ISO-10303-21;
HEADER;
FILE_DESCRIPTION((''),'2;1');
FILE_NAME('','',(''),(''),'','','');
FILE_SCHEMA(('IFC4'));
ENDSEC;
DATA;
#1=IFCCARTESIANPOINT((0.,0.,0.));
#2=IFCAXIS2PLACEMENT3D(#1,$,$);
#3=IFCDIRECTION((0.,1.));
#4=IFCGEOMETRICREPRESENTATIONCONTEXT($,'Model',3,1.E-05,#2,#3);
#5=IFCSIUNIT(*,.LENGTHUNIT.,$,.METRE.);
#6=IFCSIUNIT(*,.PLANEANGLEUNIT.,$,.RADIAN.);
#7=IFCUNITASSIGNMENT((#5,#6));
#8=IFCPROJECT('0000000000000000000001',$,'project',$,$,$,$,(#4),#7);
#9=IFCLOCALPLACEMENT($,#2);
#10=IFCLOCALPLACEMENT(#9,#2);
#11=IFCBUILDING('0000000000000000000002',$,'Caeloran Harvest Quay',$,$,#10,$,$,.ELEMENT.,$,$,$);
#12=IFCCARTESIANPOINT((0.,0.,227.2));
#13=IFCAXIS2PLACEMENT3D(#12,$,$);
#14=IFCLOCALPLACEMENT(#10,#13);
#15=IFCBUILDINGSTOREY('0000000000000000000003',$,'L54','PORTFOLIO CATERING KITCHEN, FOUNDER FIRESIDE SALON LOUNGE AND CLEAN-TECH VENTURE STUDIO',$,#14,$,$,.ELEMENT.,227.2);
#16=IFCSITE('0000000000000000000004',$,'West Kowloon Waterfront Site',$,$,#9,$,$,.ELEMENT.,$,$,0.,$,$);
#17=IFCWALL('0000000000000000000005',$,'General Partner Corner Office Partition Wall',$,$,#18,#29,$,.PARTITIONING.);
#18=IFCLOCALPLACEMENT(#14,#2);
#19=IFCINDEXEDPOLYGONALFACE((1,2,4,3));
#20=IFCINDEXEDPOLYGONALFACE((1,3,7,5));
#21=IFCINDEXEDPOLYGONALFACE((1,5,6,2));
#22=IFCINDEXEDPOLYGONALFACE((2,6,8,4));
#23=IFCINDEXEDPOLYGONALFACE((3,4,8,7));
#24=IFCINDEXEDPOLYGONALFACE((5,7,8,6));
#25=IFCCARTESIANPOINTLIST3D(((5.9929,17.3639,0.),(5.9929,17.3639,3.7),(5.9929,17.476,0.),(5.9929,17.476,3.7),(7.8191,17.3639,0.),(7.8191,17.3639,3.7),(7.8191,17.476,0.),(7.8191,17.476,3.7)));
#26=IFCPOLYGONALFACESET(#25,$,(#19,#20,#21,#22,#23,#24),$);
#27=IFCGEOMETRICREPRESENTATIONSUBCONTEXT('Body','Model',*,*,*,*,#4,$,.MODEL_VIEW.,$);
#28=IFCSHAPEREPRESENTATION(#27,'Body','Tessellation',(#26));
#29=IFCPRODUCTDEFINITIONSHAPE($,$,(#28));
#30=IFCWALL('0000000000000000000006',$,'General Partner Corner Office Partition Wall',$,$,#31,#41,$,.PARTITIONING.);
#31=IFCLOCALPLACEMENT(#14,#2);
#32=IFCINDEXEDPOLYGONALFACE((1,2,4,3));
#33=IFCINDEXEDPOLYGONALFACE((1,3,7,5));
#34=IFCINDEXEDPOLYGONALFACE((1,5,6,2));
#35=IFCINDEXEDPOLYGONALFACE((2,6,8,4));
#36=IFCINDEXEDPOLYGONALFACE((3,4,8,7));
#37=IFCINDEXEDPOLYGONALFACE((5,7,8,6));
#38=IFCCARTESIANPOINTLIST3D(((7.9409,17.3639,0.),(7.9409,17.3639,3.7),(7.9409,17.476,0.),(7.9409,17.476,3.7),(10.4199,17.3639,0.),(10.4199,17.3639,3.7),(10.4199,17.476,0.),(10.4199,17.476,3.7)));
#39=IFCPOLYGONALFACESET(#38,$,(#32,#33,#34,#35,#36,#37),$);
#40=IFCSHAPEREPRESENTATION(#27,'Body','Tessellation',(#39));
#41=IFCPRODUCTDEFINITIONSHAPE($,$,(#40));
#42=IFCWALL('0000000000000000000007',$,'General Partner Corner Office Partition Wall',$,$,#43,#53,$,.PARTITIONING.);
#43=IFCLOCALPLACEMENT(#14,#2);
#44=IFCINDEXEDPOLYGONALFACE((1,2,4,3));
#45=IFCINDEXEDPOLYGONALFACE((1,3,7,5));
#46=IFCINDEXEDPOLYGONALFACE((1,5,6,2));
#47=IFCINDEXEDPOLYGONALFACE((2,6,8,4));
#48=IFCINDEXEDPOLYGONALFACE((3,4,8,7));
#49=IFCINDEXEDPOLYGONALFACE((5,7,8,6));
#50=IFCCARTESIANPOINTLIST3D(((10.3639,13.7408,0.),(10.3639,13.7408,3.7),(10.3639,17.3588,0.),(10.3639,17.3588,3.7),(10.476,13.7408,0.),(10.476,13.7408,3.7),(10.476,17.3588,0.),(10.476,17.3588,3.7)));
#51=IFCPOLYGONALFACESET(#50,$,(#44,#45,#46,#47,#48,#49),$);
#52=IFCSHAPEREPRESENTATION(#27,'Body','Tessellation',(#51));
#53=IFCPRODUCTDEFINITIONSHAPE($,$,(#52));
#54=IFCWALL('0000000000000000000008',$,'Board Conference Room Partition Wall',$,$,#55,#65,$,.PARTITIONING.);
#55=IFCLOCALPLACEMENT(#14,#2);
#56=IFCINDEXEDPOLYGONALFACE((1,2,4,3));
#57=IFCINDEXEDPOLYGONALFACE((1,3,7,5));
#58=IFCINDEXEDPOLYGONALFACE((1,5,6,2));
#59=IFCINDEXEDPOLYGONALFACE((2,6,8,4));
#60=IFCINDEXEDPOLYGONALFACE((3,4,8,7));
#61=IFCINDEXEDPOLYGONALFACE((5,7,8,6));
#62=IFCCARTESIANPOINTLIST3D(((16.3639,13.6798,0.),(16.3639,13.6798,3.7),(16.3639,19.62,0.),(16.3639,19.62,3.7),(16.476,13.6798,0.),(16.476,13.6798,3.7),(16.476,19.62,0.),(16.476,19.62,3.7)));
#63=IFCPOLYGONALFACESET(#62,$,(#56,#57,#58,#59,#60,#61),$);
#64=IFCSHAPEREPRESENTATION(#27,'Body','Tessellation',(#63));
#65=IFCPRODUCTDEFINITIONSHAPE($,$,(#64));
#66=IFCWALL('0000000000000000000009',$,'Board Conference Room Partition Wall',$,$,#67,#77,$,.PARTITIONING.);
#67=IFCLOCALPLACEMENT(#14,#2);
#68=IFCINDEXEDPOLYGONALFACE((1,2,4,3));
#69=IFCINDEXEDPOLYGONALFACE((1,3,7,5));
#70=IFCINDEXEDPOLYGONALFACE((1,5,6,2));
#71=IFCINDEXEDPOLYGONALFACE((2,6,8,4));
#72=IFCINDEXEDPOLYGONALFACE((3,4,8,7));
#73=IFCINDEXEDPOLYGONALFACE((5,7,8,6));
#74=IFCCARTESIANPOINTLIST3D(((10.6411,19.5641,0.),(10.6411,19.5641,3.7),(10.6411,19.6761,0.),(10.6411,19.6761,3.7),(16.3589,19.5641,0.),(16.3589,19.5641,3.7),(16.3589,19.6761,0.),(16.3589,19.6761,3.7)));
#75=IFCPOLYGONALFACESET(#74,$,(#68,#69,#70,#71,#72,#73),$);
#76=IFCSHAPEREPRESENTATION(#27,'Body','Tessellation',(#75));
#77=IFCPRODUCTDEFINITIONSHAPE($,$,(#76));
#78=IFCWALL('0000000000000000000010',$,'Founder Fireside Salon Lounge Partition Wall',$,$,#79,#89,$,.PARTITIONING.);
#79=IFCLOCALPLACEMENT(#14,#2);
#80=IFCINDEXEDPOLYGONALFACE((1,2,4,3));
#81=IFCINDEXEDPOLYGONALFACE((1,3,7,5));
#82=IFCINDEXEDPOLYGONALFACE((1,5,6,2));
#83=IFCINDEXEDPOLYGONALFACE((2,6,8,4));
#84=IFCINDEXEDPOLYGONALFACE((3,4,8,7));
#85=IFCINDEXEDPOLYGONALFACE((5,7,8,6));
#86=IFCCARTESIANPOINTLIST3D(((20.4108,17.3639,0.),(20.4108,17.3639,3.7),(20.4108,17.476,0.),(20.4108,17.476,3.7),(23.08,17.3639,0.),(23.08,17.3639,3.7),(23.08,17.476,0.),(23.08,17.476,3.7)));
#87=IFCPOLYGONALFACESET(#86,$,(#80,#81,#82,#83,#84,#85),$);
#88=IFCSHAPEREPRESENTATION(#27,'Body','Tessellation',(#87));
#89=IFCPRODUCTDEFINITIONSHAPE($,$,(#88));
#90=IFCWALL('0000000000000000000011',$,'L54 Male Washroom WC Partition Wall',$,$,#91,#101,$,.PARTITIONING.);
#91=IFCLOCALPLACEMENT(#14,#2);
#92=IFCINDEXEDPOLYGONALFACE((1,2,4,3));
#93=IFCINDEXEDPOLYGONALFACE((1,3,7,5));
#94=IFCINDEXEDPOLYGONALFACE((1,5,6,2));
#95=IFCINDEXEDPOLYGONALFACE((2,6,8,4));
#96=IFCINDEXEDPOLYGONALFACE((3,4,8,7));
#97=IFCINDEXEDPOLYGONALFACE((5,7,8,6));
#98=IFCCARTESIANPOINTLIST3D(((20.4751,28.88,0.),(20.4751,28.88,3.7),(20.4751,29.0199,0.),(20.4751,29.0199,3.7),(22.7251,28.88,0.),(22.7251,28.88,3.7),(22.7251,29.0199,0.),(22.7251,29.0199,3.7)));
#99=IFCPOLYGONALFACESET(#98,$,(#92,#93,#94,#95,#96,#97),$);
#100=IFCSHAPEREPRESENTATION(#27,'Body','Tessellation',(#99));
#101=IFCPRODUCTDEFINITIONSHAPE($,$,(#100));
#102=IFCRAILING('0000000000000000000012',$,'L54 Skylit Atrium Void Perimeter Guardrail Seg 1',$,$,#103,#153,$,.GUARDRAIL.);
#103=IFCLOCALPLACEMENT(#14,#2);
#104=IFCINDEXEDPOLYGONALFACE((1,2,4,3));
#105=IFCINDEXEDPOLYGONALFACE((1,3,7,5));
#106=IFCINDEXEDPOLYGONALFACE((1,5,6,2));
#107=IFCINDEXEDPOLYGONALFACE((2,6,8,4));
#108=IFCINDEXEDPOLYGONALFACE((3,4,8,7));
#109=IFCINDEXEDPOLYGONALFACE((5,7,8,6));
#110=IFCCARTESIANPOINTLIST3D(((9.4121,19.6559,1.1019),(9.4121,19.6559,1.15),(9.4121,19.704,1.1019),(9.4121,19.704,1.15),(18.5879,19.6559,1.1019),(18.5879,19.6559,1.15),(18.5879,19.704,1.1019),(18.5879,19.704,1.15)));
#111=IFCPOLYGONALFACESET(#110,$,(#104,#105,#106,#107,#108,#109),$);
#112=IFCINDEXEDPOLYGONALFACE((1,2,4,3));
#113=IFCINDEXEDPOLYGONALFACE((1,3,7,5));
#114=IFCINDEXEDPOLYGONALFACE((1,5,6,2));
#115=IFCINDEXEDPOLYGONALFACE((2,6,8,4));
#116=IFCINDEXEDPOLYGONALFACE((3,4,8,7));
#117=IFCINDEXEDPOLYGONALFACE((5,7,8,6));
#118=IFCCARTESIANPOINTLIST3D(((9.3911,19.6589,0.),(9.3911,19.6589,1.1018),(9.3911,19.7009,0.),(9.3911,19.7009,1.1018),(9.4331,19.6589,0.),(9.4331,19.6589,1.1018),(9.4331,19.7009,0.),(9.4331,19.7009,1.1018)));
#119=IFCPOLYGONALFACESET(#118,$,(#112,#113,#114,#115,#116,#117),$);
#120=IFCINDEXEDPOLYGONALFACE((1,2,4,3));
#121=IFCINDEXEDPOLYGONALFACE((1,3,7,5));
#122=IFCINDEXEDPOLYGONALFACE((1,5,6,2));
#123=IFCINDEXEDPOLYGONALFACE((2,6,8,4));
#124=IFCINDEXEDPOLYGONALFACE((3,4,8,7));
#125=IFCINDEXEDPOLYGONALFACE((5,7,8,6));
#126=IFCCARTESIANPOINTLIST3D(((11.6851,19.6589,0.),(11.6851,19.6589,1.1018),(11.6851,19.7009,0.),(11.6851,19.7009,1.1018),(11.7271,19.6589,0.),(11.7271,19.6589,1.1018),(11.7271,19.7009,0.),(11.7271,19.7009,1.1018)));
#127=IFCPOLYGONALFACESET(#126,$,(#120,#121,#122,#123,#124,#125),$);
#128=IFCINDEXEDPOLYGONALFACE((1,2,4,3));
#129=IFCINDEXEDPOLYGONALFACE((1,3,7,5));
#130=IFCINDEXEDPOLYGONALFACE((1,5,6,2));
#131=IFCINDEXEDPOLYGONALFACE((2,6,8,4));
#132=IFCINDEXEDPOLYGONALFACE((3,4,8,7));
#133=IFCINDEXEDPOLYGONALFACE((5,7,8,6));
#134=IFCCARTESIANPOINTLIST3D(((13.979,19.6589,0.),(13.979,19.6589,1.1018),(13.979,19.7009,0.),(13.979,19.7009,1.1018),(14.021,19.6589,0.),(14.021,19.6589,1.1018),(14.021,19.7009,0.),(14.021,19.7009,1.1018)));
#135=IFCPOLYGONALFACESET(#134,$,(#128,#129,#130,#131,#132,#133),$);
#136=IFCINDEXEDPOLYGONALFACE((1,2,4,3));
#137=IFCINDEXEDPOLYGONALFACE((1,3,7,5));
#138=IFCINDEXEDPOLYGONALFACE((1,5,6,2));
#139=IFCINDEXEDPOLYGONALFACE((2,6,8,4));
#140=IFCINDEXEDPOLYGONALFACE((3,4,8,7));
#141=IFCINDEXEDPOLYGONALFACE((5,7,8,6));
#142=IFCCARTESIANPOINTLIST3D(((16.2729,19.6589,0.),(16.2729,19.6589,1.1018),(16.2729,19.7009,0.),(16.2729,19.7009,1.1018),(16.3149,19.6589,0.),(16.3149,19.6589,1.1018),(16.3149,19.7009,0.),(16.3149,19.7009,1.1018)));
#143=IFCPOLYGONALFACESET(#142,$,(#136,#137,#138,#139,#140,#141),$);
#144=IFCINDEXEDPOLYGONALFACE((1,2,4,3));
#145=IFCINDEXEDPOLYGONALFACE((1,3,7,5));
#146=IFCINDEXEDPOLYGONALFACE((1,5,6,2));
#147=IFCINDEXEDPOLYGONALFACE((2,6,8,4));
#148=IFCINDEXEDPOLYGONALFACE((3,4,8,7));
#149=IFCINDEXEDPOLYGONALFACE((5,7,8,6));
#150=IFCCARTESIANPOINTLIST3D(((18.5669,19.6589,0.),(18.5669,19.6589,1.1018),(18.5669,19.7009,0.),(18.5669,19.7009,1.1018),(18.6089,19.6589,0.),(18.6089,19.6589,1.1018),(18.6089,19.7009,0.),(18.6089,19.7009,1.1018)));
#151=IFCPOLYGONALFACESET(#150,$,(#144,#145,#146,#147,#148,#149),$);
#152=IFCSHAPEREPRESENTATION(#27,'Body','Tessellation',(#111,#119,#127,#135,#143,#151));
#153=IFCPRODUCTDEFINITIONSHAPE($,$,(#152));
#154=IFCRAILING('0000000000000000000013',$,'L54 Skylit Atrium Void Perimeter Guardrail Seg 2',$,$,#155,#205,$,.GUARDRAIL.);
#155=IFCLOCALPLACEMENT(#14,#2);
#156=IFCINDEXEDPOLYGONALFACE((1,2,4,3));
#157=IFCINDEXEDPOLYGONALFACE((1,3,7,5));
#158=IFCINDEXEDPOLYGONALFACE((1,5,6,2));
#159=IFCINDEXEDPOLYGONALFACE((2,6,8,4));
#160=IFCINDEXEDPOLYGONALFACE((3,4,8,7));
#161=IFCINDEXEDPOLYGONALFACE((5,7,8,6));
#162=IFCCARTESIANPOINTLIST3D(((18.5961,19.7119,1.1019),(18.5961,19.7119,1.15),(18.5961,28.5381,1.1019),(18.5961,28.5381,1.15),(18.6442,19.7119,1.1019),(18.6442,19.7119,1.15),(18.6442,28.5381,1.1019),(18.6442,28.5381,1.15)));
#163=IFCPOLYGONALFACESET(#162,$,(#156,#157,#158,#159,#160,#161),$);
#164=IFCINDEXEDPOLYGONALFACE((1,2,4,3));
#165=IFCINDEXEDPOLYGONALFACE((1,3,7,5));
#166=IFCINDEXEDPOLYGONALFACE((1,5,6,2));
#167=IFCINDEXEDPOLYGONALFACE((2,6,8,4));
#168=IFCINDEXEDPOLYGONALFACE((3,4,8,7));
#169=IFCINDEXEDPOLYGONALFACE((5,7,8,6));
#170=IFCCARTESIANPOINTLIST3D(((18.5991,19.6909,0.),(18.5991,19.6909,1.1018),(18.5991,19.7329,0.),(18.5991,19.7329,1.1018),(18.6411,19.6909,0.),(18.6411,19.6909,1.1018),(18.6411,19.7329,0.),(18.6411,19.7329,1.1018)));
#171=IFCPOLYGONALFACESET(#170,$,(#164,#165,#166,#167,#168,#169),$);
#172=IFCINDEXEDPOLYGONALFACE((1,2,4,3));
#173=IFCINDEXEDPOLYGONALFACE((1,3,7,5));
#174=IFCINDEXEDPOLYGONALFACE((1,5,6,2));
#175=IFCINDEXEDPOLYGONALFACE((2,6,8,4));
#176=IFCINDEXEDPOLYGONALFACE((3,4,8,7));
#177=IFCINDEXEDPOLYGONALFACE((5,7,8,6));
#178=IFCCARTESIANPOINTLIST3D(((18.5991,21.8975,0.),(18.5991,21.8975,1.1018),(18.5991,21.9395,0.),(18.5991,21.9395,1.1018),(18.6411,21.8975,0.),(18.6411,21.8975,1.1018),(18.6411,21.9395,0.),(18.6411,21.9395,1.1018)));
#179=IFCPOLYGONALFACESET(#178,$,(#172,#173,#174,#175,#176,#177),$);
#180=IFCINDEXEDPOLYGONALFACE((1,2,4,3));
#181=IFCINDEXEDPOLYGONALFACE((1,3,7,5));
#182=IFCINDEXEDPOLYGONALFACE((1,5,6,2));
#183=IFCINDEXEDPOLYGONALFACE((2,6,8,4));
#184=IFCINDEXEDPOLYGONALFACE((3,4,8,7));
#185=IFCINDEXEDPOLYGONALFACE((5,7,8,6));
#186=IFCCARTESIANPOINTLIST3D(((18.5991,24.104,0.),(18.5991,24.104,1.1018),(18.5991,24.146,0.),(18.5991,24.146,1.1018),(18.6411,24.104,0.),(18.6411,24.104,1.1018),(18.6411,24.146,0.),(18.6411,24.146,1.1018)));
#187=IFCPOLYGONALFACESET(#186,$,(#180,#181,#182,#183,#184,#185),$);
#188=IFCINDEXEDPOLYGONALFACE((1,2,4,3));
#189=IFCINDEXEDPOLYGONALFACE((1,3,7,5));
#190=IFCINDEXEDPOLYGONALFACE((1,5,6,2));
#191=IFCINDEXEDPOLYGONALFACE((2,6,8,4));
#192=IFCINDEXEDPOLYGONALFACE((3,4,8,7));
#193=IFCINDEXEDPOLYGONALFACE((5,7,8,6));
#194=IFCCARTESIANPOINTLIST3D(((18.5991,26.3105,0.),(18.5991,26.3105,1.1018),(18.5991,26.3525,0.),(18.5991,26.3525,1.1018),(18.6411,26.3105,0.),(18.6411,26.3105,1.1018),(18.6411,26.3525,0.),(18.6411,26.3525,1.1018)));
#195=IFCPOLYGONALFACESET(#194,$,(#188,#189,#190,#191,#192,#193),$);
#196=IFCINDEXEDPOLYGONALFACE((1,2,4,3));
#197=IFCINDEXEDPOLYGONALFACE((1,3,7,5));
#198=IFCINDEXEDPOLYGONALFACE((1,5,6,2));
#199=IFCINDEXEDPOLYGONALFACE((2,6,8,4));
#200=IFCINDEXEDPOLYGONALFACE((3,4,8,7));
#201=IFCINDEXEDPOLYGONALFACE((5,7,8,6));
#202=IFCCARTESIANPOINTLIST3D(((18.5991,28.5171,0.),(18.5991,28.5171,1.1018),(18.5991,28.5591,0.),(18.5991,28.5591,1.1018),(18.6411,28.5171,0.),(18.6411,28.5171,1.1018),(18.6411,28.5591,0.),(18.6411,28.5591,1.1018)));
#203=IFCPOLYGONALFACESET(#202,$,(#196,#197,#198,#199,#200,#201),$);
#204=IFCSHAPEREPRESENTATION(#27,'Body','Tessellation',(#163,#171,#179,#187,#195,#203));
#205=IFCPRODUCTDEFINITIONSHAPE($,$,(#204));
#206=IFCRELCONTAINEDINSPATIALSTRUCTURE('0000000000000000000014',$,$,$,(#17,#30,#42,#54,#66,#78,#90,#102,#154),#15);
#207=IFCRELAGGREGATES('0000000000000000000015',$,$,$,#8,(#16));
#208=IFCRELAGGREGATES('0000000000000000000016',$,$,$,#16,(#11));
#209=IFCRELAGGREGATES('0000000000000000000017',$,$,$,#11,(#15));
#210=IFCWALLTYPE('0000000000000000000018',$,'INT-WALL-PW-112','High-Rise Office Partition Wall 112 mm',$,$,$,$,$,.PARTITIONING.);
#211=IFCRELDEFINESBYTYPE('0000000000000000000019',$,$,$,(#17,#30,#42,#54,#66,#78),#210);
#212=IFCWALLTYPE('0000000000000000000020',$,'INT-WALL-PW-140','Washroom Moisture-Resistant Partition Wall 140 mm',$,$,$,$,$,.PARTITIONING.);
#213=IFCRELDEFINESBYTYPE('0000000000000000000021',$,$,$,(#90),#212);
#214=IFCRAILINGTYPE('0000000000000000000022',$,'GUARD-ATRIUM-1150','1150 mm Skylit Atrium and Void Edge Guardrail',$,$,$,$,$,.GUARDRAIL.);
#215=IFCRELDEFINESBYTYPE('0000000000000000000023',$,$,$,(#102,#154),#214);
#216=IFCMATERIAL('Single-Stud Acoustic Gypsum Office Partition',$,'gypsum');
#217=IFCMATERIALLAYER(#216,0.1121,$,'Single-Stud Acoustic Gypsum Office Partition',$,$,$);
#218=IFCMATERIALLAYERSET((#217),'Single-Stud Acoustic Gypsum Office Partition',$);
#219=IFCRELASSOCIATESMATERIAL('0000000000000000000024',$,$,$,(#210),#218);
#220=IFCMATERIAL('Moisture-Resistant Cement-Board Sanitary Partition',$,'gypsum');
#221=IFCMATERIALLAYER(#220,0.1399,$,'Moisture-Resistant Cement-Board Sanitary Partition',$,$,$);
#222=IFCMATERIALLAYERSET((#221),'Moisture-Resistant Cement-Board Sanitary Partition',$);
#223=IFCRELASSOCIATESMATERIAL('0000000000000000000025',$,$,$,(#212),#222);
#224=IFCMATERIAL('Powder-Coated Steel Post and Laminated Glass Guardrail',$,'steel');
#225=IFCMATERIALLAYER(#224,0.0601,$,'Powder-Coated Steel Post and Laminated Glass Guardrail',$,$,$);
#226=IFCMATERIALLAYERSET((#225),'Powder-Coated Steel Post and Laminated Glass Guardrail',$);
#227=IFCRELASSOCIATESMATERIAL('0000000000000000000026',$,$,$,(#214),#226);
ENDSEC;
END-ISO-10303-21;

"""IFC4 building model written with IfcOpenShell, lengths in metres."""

from ifc_helpers import new_model, si_unit, direction, frame, frame_2d, origin, origin_2d, place, context, subcontext, project, spatial, rectangle, extrude, material, layer, layer_set, type_object, element, save


model = new_model("IFC4")

# Units and contexts
model_context = context("Model", 3, precision=1e-05, world=origin(), true_north=direction((0.0, 1.0)))
body_context = subcontext(model_context, "Body", "Model", "MODEL_VIEW")
ifc_project = project(units=[si_unit("LENGTHUNIT", "METRE"), si_unit("PLANEANGLEUNIT", "RADIAN")], contexts=[model_context])

# Site, building, storey
site_placement = place(None, origin())
site = spatial("IfcSite", under=ifc_project, at=site_placement, Name="West Kowloon Waterfront Site", CompositionType="ELEMENT", RefElevation=0.0)
building_placement = place(site_placement, origin())
building = spatial("IfcBuilding", under=site, at=building_placement, Name="Caeloran Harvest Quay", CompositionType="ELEMENT")
storey_placement = place(building_placement, frame((0.0, 0.0, 227.2)))
storey = spatial("IfcBuildingStorey", under=building, at=storey_placement, Name="L54", Description="PORTFOLIO CATERING KITCHEN, FOUNDER FIRESIDE SALON LOUNGE AND CLEAN-TECH VENTURE STUDIO", CompositionType="ELEMENT", Elevation=227.2)

# Walls
ifc_material_1 = material(Name="Single-Stud Acoustic Gypsum Office Partition", Category="gypsum")
ifc_layer_1 = layer(ifc_material_1, 0.1121, Name="Single-Stud Acoustic Gypsum Office Partition")
ifc_layer_set_1 = layer_set([ifc_layer_1], Name="Single-Stud Acoustic Gypsum Office Partition")
wall_type_1 = type_object("IfcWallType", Name="INT-WALL-PW-112", Description="High-Rise Office Partition Wall 112 mm", PredefinedType="PARTITIONING", material=ifc_layer_set_1)
wall_1_placement = place(storey_placement, frame((5.9929, 17.4199, 0.0), z_axis=(0.0, 0.0, 1.0), x_axis=(1.0, 0.0, 0.0)))
element("IfcWall", 1, at=wall_1_placement, inside=storey, type_object=wall_type_1, Name="General Partner Corner Office Partition Wall", PredefinedType="PARTITIONING", context=body_context, shape_type="SweptSolid", body=[
    extrude(rectangle(XDim=1.8262, YDim=0.1121, at=frame_2d((0.9131, 0.0))), origin(), (0.0, 0.0, 1.0), 3.7),
])
wall_2_placement = place(storey_placement, frame((7.9409, 17.4199, 0.0), z_axis=(0.0, 0.0, 1.0), x_axis=(1.0, 0.0, 0.0)))
element("IfcWall", 2, at=wall_2_placement, inside=storey, type_object=wall_type_1, Name="General Partner Corner Office Partition Wall", PredefinedType="PARTITIONING", context=body_context, shape_type="SweptSolid", body=[
    extrude(rectangle(XDim=2.479, YDim=0.1121, at=frame_2d((1.2395, 0.0))), origin(), (0.0, 0.0, 1.0), 3.7),
])
wall_3_placement = place(storey_placement, frame((10.4199, 17.3589, 0.0), z_axis=(0.0, 0.0, 1.0), x_axis=(0.0, -1.0, 0.0)))
element("IfcWall", 3, at=wall_3_placement, inside=storey, type_object=wall_type_1, Name="General Partner Corner Office Partition Wall", PredefinedType="PARTITIONING", context=body_context, shape_type="SweptSolid", body=[
    extrude(rectangle(XDim=3.6179, YDim=0.1121, at=frame_2d((1.8091, 0.0))), origin(), (0.0, 0.0, 1.0), 3.7),
])
wall_4_placement = place(storey_placement, frame((16.4199, 19.6201, 0.0), z_axis=(0.0, 0.0, 1.0), x_axis=(0.0, -1.0, 0.0)))
element("IfcWall", 4, at=wall_4_placement, inside=storey, type_object=wall_type_1, Name="Board Conference Room Partition Wall", PredefinedType="PARTITIONING", context=body_context, shape_type="SweptSolid", body=[
    extrude(rectangle(XDim=5.9402, YDim=0.1121, at=frame_2d((2.9702, 0.0))), origin(), (0.0, 0.0, 1.0), 3.7),
])
wall_5_placement = place(storey_placement, frame((10.6411, 19.6201, 0.0), z_axis=(0.0, 0.0, 1.0), x_axis=(1.0, 0.0, 0.0)))
element("IfcWall", 5, at=wall_5_placement, inside=storey, type_object=wall_type_1, Name="Board Conference Room Partition Wall", PredefinedType="PARTITIONING", context=body_context, shape_type="SweptSolid", body=[
    extrude(rectangle(XDim=5.7178, YDim=0.1121, at=frame_2d((2.8589, 0.0))), origin(), (0.0, 0.0, 1.0), 3.7),
])
wall_6_placement = place(storey_placement, frame((20.4109, 17.4199, 0.0), z_axis=(0.0, 0.0, 1.0), x_axis=(1.0, 0.0, 0.0)))
element("IfcWall", 6, at=wall_6_placement, inside=storey, type_object=wall_type_1, Name="Founder Fireside Salon Lounge Partition Wall", PredefinedType="PARTITIONING", context=body_context, shape_type="SweptSolid", body=[
    extrude(rectangle(XDim=2.6692, YDim=0.1121, at=frame_2d((1.3345, 0.0))), origin(), (0.0, 0.0, 1.0), 3.7),
])

# Shared definitions
ifc_material_2 = material(Name="Moisture-Resistant Cement-Board Sanitary Partition", Category="gypsum")
ifc_layer_2 = layer(ifc_material_2, 0.1399, Name="Moisture-Resistant Cement-Board Sanitary Partition")
ifc_layer_set_2 = layer_set([ifc_layer_2], Name="Moisture-Resistant Cement-Board Sanitary Partition")
wall_type_2 = type_object("IfcWallType", Name="INT-WALL-PW-140", Description="Washroom Moisture-Resistant Partition Wall 140 mm", PredefinedType="PARTITIONING", material=ifc_layer_set_2)

# Wall
wall_7_placement = place(storey_placement, frame((20.4751, 28.95, 0.0), z_axis=(0.0, 0.0, 1.0), x_axis=(1.0, 0.0, 0.0)))
element("IfcWall", 7, at=wall_7_placement, inside=storey, type_object=wall_type_2, Name="L54 Male Washroom WC Partition Wall", PredefinedType="PARTITIONING", context=body_context, shape_type="SweptSolid", body=[
    extrude(rectangle(XDim=2.25, YDim=0.1399, at=frame_2d((1.125, 0.0))), origin(), (0.0, 0.0, 1.0), 3.7),
])

# Railings
ifc_material_3 = material(Name="Powder-Coated Steel Post and Laminated Glass Guardrail", Category="steel")
ifc_layer_3 = layer(ifc_material_3, 0.0601, Name="Powder-Coated Steel Post and Laminated Glass Guardrail")
ifc_layer_set_3 = layer_set([ifc_layer_3], Name="Powder-Coated Steel Post and Laminated Glass Guardrail")
railing_type = type_object("IfcRailingType", Name="GUARD-ATRIUM-1150", Description="1150 mm Skylit Atrium and Void Edge Guardrail", PredefinedType="GUARDRAIL", material=ifc_layer_set_3)
railing_1_placement = place(storey_placement, frame((9.4121, 19.6799, 0.0)))
element("IfcRailing", 8, at=railing_1_placement, inside=storey, type_object=railing_type, Name="L54 Skylit Atrium Void Perimeter Guardrail Seg 1", PredefinedType="GUARDRAIL", context=body_context, shape_type="SweptSolid", body=[
    extrude(rectangle(XDim=0.0481, YDim=0.0481, at=origin_2d()), frame((0.0, 0.0, 1.126), z_axis=(1.0, 0.0, 0.0), x_axis=(0.0, 1.0, 0.0)), (0.0, 0.0, 1.0), 9.1758),
    extrude(rectangle(XDim=0.042, YDim=0.042, at=origin_2d()), origin(), (0.0, 0.0, 1.0), 1.1018),
    extrude(rectangle(XDim=0.042, YDim=0.042, at=origin_2d()), frame((2.2939, 0.0, 0.0)), (0.0, 0.0, 1.0), 1.1018),
    extrude(rectangle(XDim=0.042, YDim=0.042, at=origin_2d()), frame((4.5879, 0.0, 0.0)), (0.0, 0.0, 1.0), 1.1018),
    extrude(rectangle(XDim=0.042, YDim=0.042, at=origin_2d()), frame((6.8818, 0.0, 0.0)), (0.0, 0.0, 1.0), 1.1018),
    extrude(rectangle(XDim=0.042, YDim=0.042, at=origin_2d()), frame((9.1758, 0.0, 0.0)), (0.0, 0.0, 1.0), 1.1018),
])
railing_2_placement = place(storey_placement, frame((18.6201, 19.7119, 0.0)))
element("IfcRailing", 9, at=railing_2_placement, inside=storey, type_object=railing_type, Name="L54 Skylit Atrium Void Perimeter Guardrail Seg 2", PredefinedType="GUARDRAIL", context=body_context, shape_type="SweptSolid", body=[
    extrude(rectangle(XDim=0.0481, YDim=0.0481, at=origin_2d()), frame((0.0, 0.0, 1.126), z_axis=(0.0, 1.0, 0.0), x_axis=(-1.0, 0.0, 0.0)), (0.0, 0.0, 1.0), 8.8262),
    extrude(rectangle(XDim=0.042, YDim=0.042, at=origin_2d()), origin(), (0.0, 0.0, 1.0), 1.1018),
    extrude(rectangle(XDim=0.042, YDim=0.042, at=origin_2d()), frame((0.0, 2.2065, 0.0)), (0.0, 0.0, 1.0), 1.1018),
    extrude(rectangle(XDim=0.042, YDim=0.042, at=origin_2d()), frame((0.0, 4.4131, 0.0)), (0.0, 0.0, 1.0), 1.1018),
    extrude(rectangle(XDim=0.042, YDim=0.042, at=origin_2d()), frame((0.0, 6.6196, 0.0)), (0.0, 0.0, 1.0), 1.1018),
    extrude(rectangle(XDim=0.042, YDim=0.042, at=origin_2d()), frame((0.0, 8.8262, 0.0)), (0.0, 0.0, 1.0), 1.1018),
])

save(model, "model.ifc")
